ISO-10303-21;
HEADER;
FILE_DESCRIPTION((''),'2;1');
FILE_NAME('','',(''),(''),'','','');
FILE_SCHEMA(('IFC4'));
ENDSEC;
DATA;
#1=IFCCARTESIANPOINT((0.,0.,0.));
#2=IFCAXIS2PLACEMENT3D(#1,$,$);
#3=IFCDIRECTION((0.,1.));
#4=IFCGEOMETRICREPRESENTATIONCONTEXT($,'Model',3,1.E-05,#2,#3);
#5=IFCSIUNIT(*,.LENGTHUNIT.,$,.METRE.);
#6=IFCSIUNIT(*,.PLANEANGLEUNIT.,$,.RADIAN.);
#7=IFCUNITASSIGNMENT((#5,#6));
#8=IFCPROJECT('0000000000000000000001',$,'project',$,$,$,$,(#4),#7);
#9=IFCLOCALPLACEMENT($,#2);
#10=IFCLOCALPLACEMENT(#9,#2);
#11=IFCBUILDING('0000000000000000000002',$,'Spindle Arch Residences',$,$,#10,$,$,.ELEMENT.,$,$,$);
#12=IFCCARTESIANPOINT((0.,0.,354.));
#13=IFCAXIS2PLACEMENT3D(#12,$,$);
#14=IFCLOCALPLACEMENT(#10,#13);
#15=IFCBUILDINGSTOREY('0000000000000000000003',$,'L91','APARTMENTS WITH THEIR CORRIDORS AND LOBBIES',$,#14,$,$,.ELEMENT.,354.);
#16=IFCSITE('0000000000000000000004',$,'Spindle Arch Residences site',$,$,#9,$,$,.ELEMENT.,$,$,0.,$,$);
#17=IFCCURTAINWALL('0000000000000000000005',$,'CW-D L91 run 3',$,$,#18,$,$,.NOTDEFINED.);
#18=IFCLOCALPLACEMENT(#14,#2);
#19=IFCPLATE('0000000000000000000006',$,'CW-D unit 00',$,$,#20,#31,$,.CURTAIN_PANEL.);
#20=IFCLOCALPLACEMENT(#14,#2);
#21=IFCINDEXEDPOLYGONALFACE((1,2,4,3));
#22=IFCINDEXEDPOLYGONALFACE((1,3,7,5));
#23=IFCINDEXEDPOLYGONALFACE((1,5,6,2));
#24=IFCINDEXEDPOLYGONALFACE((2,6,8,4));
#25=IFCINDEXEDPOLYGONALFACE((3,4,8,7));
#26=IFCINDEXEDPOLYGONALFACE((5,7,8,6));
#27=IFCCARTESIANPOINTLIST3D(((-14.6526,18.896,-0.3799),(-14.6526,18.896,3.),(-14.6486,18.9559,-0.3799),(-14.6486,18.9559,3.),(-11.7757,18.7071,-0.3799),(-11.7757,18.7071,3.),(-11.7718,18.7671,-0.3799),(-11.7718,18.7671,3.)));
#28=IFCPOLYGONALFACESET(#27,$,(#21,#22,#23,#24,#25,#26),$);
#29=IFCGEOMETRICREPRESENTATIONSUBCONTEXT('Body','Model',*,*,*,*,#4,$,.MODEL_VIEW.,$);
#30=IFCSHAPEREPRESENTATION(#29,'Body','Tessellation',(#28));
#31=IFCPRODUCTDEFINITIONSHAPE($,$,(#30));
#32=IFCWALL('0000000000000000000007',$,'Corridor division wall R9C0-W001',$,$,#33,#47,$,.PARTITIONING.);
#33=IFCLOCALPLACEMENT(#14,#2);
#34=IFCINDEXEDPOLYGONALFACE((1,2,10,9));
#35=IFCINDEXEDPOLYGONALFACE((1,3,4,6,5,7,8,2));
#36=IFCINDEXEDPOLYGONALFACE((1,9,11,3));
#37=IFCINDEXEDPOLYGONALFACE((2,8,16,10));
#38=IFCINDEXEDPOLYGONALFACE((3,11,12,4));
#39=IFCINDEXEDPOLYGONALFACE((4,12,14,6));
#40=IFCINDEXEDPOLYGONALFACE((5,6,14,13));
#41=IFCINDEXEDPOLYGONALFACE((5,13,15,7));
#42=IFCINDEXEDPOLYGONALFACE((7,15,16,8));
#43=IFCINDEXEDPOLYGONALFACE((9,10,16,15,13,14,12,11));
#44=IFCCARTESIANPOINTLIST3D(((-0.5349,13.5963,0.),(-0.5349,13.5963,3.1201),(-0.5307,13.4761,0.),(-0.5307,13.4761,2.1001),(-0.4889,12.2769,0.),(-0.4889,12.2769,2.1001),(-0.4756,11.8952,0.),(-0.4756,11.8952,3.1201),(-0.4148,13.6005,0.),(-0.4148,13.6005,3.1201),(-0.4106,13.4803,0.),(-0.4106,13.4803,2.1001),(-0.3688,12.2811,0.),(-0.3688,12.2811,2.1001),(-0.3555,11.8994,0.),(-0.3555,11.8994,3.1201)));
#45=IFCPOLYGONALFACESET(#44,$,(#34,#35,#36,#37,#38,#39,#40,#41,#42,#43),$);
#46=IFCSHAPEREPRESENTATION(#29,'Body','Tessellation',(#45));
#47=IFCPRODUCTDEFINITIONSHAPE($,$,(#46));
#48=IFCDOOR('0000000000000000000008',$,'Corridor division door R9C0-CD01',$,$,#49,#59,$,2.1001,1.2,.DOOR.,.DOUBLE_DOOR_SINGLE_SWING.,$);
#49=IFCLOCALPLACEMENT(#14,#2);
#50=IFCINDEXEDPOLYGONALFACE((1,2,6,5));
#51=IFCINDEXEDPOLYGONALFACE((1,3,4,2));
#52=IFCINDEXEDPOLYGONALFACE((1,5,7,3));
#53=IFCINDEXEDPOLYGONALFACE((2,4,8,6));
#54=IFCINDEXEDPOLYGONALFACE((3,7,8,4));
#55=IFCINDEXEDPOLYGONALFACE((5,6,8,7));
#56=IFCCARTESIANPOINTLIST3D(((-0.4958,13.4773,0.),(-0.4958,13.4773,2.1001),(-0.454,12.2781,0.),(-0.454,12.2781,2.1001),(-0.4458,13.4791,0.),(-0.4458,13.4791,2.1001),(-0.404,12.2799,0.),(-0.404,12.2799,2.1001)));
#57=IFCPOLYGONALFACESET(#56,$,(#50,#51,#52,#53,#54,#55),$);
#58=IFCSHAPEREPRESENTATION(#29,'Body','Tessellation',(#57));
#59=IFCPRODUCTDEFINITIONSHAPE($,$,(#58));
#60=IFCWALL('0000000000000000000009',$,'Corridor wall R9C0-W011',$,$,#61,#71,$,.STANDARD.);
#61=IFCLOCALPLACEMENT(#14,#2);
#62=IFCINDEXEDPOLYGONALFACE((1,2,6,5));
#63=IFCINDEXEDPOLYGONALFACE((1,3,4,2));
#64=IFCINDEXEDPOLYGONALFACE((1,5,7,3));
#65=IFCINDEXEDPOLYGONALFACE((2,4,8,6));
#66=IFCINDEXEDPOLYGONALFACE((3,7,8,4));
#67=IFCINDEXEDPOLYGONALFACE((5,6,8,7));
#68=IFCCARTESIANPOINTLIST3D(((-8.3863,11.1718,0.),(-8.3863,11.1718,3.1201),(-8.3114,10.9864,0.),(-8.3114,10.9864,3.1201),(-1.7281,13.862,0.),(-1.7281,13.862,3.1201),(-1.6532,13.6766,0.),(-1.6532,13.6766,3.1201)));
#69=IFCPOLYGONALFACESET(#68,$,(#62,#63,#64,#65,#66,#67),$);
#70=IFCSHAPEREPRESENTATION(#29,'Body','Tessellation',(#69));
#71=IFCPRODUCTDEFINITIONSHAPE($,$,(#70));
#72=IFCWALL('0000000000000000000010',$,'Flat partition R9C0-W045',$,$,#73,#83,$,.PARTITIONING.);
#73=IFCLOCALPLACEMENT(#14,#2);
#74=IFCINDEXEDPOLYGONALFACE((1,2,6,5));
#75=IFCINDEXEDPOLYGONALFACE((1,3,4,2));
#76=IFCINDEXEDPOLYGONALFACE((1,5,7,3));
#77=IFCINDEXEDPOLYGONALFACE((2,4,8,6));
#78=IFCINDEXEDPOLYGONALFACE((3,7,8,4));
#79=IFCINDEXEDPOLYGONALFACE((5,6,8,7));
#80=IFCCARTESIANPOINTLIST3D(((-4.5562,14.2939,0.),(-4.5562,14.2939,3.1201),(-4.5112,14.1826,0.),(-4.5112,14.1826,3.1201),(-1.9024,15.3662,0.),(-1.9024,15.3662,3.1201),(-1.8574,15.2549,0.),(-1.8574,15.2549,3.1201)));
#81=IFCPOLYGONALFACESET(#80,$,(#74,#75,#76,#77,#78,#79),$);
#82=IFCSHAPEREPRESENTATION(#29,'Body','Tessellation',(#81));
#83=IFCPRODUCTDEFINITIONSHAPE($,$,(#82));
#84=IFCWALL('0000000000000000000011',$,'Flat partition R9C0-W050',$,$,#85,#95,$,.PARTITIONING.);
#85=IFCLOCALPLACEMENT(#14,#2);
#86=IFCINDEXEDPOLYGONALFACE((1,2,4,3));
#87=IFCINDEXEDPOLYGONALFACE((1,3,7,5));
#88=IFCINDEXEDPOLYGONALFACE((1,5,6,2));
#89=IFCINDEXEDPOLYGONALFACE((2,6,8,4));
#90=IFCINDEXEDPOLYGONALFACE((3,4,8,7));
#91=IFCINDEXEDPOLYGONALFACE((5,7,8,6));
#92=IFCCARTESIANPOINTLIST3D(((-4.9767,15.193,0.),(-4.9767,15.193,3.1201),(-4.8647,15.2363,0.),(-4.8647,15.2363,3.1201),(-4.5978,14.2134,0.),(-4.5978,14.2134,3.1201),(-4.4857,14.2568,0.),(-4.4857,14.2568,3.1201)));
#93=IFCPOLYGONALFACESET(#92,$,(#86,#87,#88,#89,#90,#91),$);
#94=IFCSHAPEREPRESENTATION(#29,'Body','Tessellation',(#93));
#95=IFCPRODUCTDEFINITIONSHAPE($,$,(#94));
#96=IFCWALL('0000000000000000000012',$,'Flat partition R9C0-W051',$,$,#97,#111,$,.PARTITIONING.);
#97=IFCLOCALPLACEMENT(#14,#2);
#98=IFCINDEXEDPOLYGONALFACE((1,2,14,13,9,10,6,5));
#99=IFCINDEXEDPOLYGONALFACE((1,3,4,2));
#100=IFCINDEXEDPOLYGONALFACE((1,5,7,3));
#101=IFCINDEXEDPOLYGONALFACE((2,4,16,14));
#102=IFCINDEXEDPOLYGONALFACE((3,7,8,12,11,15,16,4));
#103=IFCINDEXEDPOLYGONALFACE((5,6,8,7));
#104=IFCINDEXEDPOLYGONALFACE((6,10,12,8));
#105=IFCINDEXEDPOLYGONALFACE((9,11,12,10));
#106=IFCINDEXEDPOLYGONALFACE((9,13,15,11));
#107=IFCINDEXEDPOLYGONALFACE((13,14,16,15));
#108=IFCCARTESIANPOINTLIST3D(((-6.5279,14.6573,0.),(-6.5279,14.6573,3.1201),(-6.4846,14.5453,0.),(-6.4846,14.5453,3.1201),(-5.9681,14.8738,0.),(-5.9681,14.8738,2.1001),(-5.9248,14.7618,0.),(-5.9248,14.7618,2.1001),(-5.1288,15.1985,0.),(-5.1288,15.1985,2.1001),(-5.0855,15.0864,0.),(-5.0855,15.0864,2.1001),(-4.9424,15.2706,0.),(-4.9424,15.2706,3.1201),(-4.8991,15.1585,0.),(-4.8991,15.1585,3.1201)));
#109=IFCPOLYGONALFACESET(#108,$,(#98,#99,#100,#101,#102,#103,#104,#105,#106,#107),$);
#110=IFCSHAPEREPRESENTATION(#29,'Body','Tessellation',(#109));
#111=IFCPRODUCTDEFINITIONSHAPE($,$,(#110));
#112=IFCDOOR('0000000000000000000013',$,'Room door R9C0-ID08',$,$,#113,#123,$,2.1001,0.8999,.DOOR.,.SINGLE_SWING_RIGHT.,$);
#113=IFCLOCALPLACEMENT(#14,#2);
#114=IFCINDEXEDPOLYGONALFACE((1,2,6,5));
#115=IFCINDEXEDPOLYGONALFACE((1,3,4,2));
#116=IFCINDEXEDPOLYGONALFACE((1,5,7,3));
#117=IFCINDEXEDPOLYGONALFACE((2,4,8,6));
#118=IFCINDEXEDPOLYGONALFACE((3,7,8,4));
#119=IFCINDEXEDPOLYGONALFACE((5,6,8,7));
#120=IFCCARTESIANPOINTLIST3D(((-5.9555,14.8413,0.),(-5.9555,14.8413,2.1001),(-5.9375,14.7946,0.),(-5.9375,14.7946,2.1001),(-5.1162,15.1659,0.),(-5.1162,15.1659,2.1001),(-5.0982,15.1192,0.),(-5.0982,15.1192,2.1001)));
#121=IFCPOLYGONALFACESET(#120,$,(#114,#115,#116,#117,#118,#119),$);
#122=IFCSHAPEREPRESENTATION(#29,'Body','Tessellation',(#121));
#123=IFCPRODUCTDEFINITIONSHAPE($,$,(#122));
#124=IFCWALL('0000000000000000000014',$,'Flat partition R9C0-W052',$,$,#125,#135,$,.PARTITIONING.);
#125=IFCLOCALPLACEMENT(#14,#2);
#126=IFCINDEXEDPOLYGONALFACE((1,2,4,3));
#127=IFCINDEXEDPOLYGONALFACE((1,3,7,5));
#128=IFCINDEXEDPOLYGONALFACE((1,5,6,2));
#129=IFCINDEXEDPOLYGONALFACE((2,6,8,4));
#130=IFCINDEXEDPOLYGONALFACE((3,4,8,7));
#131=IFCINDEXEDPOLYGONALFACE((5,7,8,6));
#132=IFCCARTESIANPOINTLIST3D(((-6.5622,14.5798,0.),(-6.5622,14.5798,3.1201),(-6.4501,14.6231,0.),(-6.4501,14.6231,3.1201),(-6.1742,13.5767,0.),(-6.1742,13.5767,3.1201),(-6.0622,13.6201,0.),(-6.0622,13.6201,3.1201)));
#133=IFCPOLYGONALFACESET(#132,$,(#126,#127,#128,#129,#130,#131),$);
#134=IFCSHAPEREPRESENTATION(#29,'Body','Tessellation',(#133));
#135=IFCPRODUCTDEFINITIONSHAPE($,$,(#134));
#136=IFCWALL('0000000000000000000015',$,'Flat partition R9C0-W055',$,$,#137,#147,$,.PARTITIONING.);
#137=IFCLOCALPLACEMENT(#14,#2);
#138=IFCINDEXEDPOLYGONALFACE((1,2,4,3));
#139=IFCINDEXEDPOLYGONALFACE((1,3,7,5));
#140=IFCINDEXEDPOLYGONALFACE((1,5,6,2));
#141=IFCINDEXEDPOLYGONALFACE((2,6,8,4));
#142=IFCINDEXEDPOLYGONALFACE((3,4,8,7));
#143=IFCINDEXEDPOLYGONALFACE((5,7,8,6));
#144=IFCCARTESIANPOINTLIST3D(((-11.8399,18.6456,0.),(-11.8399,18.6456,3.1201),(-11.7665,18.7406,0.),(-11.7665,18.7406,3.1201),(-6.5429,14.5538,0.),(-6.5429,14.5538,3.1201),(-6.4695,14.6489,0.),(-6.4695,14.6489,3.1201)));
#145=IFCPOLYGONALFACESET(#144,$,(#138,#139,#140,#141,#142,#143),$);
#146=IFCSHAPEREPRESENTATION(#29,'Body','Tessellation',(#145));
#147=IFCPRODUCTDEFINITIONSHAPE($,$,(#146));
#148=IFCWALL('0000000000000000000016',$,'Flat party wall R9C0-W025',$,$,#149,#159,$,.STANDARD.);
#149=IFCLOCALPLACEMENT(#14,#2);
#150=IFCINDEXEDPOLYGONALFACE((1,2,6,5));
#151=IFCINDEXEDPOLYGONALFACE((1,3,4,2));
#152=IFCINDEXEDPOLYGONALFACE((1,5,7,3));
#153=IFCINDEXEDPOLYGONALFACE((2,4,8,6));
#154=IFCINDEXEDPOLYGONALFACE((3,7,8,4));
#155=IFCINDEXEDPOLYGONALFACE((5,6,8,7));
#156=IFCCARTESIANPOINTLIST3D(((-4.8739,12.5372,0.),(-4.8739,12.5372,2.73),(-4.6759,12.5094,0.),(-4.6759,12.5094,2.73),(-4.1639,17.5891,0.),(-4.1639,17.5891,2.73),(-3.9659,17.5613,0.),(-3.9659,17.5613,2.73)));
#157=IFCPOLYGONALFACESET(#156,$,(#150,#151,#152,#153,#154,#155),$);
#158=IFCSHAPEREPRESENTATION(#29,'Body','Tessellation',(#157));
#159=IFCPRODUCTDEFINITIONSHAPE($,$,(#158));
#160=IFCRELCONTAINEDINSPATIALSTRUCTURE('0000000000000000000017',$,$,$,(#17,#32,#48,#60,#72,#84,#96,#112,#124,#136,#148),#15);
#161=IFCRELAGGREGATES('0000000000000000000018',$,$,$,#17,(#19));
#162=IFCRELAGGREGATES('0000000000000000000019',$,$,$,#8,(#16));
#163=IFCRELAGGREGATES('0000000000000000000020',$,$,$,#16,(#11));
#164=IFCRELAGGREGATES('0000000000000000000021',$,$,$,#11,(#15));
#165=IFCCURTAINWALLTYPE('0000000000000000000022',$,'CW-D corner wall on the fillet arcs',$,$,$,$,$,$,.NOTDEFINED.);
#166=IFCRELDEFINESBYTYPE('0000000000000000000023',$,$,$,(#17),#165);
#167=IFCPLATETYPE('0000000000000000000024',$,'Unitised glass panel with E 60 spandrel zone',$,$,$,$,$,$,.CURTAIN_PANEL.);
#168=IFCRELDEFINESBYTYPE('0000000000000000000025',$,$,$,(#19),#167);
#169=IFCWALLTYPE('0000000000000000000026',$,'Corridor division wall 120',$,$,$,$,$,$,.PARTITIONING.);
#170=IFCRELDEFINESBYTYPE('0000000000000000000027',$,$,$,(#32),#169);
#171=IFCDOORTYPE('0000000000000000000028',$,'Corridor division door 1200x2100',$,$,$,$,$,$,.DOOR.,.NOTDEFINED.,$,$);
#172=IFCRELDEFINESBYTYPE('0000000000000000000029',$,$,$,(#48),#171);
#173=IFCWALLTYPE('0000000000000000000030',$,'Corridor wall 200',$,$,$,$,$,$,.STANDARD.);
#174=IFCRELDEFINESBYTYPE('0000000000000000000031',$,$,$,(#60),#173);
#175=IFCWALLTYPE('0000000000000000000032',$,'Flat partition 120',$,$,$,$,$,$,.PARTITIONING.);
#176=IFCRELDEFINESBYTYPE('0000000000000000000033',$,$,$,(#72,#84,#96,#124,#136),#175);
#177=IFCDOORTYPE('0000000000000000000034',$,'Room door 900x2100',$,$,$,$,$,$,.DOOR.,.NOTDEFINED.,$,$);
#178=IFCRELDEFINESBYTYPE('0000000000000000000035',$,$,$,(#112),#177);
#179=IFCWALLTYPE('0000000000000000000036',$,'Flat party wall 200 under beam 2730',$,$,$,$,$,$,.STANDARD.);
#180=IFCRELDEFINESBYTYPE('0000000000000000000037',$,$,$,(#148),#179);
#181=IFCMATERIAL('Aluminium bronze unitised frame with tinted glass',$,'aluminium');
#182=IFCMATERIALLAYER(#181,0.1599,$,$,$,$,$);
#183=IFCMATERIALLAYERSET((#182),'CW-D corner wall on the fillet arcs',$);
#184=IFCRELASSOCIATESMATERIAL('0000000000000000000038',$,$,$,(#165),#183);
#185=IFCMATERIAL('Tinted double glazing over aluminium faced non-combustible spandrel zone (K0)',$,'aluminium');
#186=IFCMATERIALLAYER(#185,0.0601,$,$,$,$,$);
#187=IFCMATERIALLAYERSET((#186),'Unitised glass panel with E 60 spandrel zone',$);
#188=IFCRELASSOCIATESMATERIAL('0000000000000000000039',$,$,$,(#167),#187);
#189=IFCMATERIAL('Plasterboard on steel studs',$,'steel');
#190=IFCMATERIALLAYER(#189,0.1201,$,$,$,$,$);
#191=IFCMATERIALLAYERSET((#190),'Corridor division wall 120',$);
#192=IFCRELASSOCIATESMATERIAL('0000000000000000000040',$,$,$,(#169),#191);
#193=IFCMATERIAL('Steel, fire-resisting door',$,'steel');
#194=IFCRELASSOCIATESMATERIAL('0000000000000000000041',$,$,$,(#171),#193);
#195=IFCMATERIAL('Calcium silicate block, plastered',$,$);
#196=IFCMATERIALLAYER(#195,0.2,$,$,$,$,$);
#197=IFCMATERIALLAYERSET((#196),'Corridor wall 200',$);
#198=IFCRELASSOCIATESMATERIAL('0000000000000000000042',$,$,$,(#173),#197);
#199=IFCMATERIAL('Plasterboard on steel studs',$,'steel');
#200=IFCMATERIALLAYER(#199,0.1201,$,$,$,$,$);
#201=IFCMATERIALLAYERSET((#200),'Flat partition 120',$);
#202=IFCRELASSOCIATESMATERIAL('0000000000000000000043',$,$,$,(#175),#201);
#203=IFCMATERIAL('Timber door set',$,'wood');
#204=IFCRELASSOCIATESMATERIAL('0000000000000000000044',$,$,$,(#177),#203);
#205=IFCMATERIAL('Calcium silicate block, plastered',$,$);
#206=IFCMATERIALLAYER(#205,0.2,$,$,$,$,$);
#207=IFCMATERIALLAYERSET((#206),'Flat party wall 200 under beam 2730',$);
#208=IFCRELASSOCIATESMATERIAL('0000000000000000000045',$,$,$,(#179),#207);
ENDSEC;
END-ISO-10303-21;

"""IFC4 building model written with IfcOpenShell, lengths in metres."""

from ifc_helpers import new_model, si_unit, direction, frame, frame_2d, origin, origin_2d, place, context, subcontext, project, spatial, rectangle, extrude, material, layer, layer_set, type_object, element, fill, aggregate, save


model = new_model("IFC4")

# Units and contexts
model_context = context("Model", 3, precision=1e-05, world=origin(), true_north=direction((0.0, 1.0)))
body_context = subcontext(model_context, "Body", "Model", "MODEL_VIEW")
ifc_project = project(units=[si_unit("LENGTHUNIT", "METRE"), si_unit("PLANEANGLEUNIT", "RADIAN")], contexts=[model_context])

# Site, building, storey
site_placement = place(None, origin())
site = spatial("IfcSite", under=ifc_project, at=site_placement, Name="Spindle Arch Residences site", CompositionType="ELEMENT", RefElevation=0.0)
building_placement = place(site_placement, origin())
building = spatial("IfcBuilding", under=site, at=building_placement, Name="Spindle Arch Residences", CompositionType="ELEMENT")
storey_placement = place(building_placement, frame((0.0, 0.0, 354.0)))
storey = spatial("IfcBuildingStorey", under=building, at=storey_placement, Name="L91", Description="APARTMENTS WITH THEIR CORRIDORS AND LOBBIES", CompositionType="ELEMENT", Elevation=354.0)

# Curtain wall
ifc_material_1 = material(Name="Aluminium bronze unitised frame with tinted glass", Category="aluminium")
ifc_layer_1 = layer(ifc_material_1, 0.1599)
ifc_layer_set_1 = layer_set([ifc_layer_1], Name="CW-D corner wall on the fillet arcs")
curtain_wall_type_1 = type_object("IfcCurtainWallType", Name="CW-D corner wall on the fillet arcs", PredefinedType="NOTDEFINED", material=ifc_layer_set_1)
curtain_wall_1_placement = place(storey_placement, origin())
curtain_wall_1 = element("IfcCurtainWall", 1, at=curtain_wall_1_placement, inside=storey, type_object=curtain_wall_type_1, Name="CW-D L91 run 3", PredefinedType="NOTDEFINED")

# Plate
ifc_material_2 = material(Name="Tinted double glazing over aluminium faced non-combustible spandrel zone (K0)", Category="aluminium")
ifc_layer_2 = layer(ifc_material_2, 0.0601)
ifc_layer_set_2 = layer_set([ifc_layer_2], Name="Unitised glass panel with E 60 spandrel zone")
plate_type = type_object("IfcPlateType", Name="Unitised glass panel with E 60 spandrel zone", PredefinedType="CURTAIN_PANEL", material=ifc_layer_set_2)
plate_1_placement = place(storey_placement, frame((-13.2122, 18.8315, -0.3799), z_axis=(0.0, 0.0, 1.0), x_axis=(-0.997852, 0.06551, 0.0)))
plate_1 = element("IfcPlate", 2, at=plate_1_placement, type_object=plate_type, Name="CW-D unit 00", PredefinedType="CURTAIN_PANEL", context=body_context, shape_type="SweptSolid", body=[
    extrude(rectangle(XDim=2.8831, YDim=0.0601, at=origin_2d()), origin(), (0.0, 0.0, 1.0), 3.3799),
])
aggregate(curtain_wall_1, [plate_1])

# Wall, opening, door
ifc_material_3 = material(Name="Plasterboard on steel studs", Category="steel")
ifc_layer_3 = layer(ifc_material_3, 0.1201)
ifc_layer_set_3 = layer_set([ifc_layer_3], Name="Corridor division wall 120")
wall_type_1 = type_object("IfcWallType", Name="Corridor division wall 120", PredefinedType="PARTITIONING", material=ifc_layer_set_3)
wall_1_placement = place(storey_placement, frame((-0.4749, 13.5984, 0.0), z_axis=(0.0, 0.0, 1.0), x_axis=(0.034853, -0.999392, 0.0)))
wall_1 = element("IfcWall", 3, at=wall_1_placement, inside=storey, type_object=wall_type_1, Name="Corridor division wall R9C0-W001", PredefinedType="PARTITIONING", context=body_context, shape_type="SweptSolid", body=[
    extrude(rectangle(XDim=1.7021, YDim=0.1201, at=frame_2d((0.8511, 0.0))), origin(), (0.0, 0.0, 1.0), 3.1201),
])
opening_1_placement = place(wall_1_placement, frame((0.1201, 0.0, 0.0)))
opening_1 = element("IfcOpeningElement", 4, at=opening_1_placement, cuts=wall_1, PredefinedType="OPENING", context=body_context, shape_type="SweptSolid", body=[
    extrude(rectangle(XDim=1.2, YDim=2.1001, at=frame_2d((0.6001, 1.05))), frame((0.0, 0.0701, 0.0), z_axis=(0.0, -1.0, 0.0), x_axis=(1.0, 0.0, 0.0)), (0.0, 0.0, 1.0), 0.1401),
])
ifc_material_4 = material(Name="Steel, fire-resisting door", Category="steel")
door_type_1 = type_object("IfcDoorType", Name="Corridor division door 1200x2100", OperationType="NOTDEFINED", PredefinedType="DOOR", material=ifc_material_4)
door_1_placement = place(opening_1_placement, origin())
door_1 = element("IfcDoor", 5, at=door_1_placement, inside=storey, type_object=door_type_1, Name="Corridor division door R9C0-CD01", OperationType="DOUBLE_DOOR_SINGLE_SWING", OverallHeight=2.1001, OverallWidth=1.2, PredefinedType="DOOR", context=body_context, shape_type="SweptSolid", body=[
    extrude(rectangle(XDim=1.2, YDim=2.1001, at=frame_2d((0.6001, 1.05))), frame((0.0, 0.0249, 0.0), z_axis=(0.0, -1.0, 0.0), x_axis=(1.0, 0.0, 0.0)), (0.0, 0.0, 1.0), 0.05),
])
fill(opening_1, door_1)

# Walls
ifc_material_5 = material(Name="Calcium silicate block, plastered")
ifc_layer_4 = layer(ifc_material_5, 0.2)
ifc_layer_set_4 = layer_set([ifc_layer_4], Name="Corridor wall 200")
wall_type_2 = type_object("IfcWallType", Name="Corridor wall 200", PredefinedType="STANDARD", material=ifc_layer_set_4)
wall_2_placement = place(storey_placement, frame((-1.6907, 13.7693, 0.0), z_axis=(0.0, 0.0, 1.0), x_axis=(-0.927179, -0.374618, 0.0)))
element("IfcWall", 6, at=wall_2_placement, inside=storey, type_object=wall_type_2, Name="Corridor wall R9C0-W011", PredefinedType="STANDARD", context=body_context, shape_type="SweptSolid", body=[
    extrude(rectangle(XDim=7.1812, YDim=0.2, at=frame_2d((3.5906, 0.0))), origin(), (0.0, 0.0, 1.0), 3.1201),
])
ifc_material_6 = material(Name="Plasterboard on steel studs", Category="steel")
ifc_layer_5 = layer(ifc_material_6, 0.1201)
ifc_layer_set_5 = layer_set([ifc_layer_5], Name="Flat partition 120")
wall_type_3 = type_object("IfcWallType", Name="Flat partition 120", PredefinedType="PARTITIONING", material=ifc_layer_set_5)
wall_3_placement = place(storey_placement, frame((-1.8799, 15.3105, 0.0), z_axis=(0.0, 0.0, 1.0), x_axis=(-0.927177, -0.374624, 0.0)))
element("IfcWall", 7, at=wall_3_placement, inside=storey, type_object=wall_type_3, Name="Flat partition R9C0-W045", PredefinedType="PARTITIONING", context=body_context, shape_type="SweptSolid", body=[
    extrude(rectangle(XDim=2.8623, YDim=0.1201, at=frame_2d((1.4312, 0.0))), origin(), (0.0, 0.0, 1.0), 3.1201),
])
wall_4_placement = place(storey_placement, frame((-4.5417, 14.2351, 0.0), z_axis=(0.0, 0.0, 1.0), x_axis=(-0.360785, 0.932649, 0.0)))
element("IfcWall", 8, at=wall_4_placement, inside=storey, type_object=wall_type_3, Name="Flat partition R9C0-W050", PredefinedType="PARTITIONING", context=body_context, shape_type="SweptSolid", body=[
    extrude(rectangle(XDim=1.0503, YDim=0.1201, at=frame_2d((0.5251, 0.0))), origin(), (0.0, 0.0, 1.0), 3.1201),
])

# Wall, opening, door
wall_5_placement = place(storey_placement, frame((-4.9207, 15.2146, 0.0), z_axis=(0.0, 0.0, 1.0), x_axis=(-0.932655, -0.360768, 0.0)))
wall_5 = element("IfcWall", 9, at=wall_5_placement, inside=storey, type_object=wall_type_3, Name="Flat partition R9C0-W051", PredefinedType="PARTITIONING", context=body_context, shape_type="SweptSolid", body=[
    extrude(rectangle(XDim=1.7, YDim=0.1201, at=frame_2d((0.8501, 0.0))), origin(), (0.0, 0.0, 1.0), 3.1201),
])
opening_2_placement = place(wall_5_placement, frame((0.2, 0.0, 0.0)))
opening_2 = element("IfcOpeningElement", 10, at=opening_2_placement, cuts=wall_5, PredefinedType="OPENING", context=body_context, shape_type="SweptSolid", body=[
    extrude(rectangle(XDim=0.8999, YDim=2.1001, at=frame_2d((0.45, 1.05))), frame((0.0, 0.0701, 0.0), z_axis=(0.0, -1.0, 0.0), x_axis=(1.0, 0.0, 0.0)), (0.0, 0.0, 1.0), 0.1401),
])
ifc_material_7 = material(Name="Timber door set", Category="wood")
door_type_2 = type_object("IfcDoorType", Name="Room door 900x2100", OperationType="NOTDEFINED", PredefinedType="DOOR", material=ifc_material_7)
door_2_placement = place(opening_2_placement, origin())
door_2 = element("IfcDoor", 11, at=door_2_placement, inside=storey, type_object=door_type_2, Name="Room door R9C0-ID08", OperationType="SINGLE_SWING_RIGHT", OverallHeight=2.1001, OverallWidth=0.8999, PredefinedType="DOOR", context=body_context, shape_type="SweptSolid", body=[
    extrude(rectangle(XDim=0.8999, YDim=2.1001, at=frame_2d((0.45, 1.05))), frame((0.0, 0.0249, 0.0), z_axis=(0.0, -1.0, 0.0), x_axis=(1.0, 0.0, 0.0)), (0.0, 0.0, 1.0), 0.05),
])
fill(opening_2, door_2)

# Walls
wall_6_placement = place(storey_placement, frame((-6.5061, 14.6013, 0.0), z_axis=(0.0, 0.0, 1.0), x_axis=(0.360758, -0.932659, 0.0)))
element("IfcWall", 12, at=wall_6_placement, inside=storey, type_object=wall_type_3, Name="Flat partition R9C0-W052", PredefinedType="PARTITIONING", context=body_context, shape_type="SweptSolid", body=[
    extrude(rectangle(XDim=1.0754, YDim=0.1201, at=frame_2d((0.5376, 0.0))), origin(), (0.0, 0.0, 1.0), 3.1201),
])
wall_7_placement = place(storey_placement, frame((-11.8032, 18.6931, 0.0), z_axis=(0.0, 0.0, 1.0), x_axis=(0.791388, -0.611314, 0.0)))
element("IfcWall", 13, at=wall_7_placement, inside=storey, type_object=wall_type_3, Name="Flat partition R9C0-W055", PredefinedType="PARTITIONING", context=body_context, shape_type="SweptSolid", body=[
    extrude(rectangle(XDim=6.6934, YDim=0.1201, at=frame_2d((3.3467, 0.0))), origin(), (0.0, 0.0, 1.0), 3.1201),
])
ifc_material_8 = material(Name="Calcium silicate block, plastered")
ifc_layer_6 = layer(ifc_material_8, 0.2)
ifc_layer_set_6 = layer_set([ifc_layer_6], Name="Flat party wall 200 under beam 2730")
wall_type_4 = type_object("IfcWallType", Name="Flat party wall 200 under beam 2730", PredefinedType="STANDARD", material=ifc_layer_set_6)
wall_8_placement = place(storey_placement, frame((-4.0649, 17.5752, 0.0), z_axis=(0.0, 0.0, 1.0), x_axis=(-0.139163, -0.990269, 0.0)))
element("IfcWall", 14, at=wall_8_placement, inside=storey, type_object=wall_type_4, Name="Flat party wall R9C0-W025", PredefinedType="STANDARD", context=body_context, shape_type="SweptSolid", body=[
    extrude(rectangle(XDim=5.1016, YDim=0.2, at=frame_2d((2.5508, 0.0))), origin(), (0.0, 0.0, 1.0), 2.73),
])

save(model, "model.ifc")
